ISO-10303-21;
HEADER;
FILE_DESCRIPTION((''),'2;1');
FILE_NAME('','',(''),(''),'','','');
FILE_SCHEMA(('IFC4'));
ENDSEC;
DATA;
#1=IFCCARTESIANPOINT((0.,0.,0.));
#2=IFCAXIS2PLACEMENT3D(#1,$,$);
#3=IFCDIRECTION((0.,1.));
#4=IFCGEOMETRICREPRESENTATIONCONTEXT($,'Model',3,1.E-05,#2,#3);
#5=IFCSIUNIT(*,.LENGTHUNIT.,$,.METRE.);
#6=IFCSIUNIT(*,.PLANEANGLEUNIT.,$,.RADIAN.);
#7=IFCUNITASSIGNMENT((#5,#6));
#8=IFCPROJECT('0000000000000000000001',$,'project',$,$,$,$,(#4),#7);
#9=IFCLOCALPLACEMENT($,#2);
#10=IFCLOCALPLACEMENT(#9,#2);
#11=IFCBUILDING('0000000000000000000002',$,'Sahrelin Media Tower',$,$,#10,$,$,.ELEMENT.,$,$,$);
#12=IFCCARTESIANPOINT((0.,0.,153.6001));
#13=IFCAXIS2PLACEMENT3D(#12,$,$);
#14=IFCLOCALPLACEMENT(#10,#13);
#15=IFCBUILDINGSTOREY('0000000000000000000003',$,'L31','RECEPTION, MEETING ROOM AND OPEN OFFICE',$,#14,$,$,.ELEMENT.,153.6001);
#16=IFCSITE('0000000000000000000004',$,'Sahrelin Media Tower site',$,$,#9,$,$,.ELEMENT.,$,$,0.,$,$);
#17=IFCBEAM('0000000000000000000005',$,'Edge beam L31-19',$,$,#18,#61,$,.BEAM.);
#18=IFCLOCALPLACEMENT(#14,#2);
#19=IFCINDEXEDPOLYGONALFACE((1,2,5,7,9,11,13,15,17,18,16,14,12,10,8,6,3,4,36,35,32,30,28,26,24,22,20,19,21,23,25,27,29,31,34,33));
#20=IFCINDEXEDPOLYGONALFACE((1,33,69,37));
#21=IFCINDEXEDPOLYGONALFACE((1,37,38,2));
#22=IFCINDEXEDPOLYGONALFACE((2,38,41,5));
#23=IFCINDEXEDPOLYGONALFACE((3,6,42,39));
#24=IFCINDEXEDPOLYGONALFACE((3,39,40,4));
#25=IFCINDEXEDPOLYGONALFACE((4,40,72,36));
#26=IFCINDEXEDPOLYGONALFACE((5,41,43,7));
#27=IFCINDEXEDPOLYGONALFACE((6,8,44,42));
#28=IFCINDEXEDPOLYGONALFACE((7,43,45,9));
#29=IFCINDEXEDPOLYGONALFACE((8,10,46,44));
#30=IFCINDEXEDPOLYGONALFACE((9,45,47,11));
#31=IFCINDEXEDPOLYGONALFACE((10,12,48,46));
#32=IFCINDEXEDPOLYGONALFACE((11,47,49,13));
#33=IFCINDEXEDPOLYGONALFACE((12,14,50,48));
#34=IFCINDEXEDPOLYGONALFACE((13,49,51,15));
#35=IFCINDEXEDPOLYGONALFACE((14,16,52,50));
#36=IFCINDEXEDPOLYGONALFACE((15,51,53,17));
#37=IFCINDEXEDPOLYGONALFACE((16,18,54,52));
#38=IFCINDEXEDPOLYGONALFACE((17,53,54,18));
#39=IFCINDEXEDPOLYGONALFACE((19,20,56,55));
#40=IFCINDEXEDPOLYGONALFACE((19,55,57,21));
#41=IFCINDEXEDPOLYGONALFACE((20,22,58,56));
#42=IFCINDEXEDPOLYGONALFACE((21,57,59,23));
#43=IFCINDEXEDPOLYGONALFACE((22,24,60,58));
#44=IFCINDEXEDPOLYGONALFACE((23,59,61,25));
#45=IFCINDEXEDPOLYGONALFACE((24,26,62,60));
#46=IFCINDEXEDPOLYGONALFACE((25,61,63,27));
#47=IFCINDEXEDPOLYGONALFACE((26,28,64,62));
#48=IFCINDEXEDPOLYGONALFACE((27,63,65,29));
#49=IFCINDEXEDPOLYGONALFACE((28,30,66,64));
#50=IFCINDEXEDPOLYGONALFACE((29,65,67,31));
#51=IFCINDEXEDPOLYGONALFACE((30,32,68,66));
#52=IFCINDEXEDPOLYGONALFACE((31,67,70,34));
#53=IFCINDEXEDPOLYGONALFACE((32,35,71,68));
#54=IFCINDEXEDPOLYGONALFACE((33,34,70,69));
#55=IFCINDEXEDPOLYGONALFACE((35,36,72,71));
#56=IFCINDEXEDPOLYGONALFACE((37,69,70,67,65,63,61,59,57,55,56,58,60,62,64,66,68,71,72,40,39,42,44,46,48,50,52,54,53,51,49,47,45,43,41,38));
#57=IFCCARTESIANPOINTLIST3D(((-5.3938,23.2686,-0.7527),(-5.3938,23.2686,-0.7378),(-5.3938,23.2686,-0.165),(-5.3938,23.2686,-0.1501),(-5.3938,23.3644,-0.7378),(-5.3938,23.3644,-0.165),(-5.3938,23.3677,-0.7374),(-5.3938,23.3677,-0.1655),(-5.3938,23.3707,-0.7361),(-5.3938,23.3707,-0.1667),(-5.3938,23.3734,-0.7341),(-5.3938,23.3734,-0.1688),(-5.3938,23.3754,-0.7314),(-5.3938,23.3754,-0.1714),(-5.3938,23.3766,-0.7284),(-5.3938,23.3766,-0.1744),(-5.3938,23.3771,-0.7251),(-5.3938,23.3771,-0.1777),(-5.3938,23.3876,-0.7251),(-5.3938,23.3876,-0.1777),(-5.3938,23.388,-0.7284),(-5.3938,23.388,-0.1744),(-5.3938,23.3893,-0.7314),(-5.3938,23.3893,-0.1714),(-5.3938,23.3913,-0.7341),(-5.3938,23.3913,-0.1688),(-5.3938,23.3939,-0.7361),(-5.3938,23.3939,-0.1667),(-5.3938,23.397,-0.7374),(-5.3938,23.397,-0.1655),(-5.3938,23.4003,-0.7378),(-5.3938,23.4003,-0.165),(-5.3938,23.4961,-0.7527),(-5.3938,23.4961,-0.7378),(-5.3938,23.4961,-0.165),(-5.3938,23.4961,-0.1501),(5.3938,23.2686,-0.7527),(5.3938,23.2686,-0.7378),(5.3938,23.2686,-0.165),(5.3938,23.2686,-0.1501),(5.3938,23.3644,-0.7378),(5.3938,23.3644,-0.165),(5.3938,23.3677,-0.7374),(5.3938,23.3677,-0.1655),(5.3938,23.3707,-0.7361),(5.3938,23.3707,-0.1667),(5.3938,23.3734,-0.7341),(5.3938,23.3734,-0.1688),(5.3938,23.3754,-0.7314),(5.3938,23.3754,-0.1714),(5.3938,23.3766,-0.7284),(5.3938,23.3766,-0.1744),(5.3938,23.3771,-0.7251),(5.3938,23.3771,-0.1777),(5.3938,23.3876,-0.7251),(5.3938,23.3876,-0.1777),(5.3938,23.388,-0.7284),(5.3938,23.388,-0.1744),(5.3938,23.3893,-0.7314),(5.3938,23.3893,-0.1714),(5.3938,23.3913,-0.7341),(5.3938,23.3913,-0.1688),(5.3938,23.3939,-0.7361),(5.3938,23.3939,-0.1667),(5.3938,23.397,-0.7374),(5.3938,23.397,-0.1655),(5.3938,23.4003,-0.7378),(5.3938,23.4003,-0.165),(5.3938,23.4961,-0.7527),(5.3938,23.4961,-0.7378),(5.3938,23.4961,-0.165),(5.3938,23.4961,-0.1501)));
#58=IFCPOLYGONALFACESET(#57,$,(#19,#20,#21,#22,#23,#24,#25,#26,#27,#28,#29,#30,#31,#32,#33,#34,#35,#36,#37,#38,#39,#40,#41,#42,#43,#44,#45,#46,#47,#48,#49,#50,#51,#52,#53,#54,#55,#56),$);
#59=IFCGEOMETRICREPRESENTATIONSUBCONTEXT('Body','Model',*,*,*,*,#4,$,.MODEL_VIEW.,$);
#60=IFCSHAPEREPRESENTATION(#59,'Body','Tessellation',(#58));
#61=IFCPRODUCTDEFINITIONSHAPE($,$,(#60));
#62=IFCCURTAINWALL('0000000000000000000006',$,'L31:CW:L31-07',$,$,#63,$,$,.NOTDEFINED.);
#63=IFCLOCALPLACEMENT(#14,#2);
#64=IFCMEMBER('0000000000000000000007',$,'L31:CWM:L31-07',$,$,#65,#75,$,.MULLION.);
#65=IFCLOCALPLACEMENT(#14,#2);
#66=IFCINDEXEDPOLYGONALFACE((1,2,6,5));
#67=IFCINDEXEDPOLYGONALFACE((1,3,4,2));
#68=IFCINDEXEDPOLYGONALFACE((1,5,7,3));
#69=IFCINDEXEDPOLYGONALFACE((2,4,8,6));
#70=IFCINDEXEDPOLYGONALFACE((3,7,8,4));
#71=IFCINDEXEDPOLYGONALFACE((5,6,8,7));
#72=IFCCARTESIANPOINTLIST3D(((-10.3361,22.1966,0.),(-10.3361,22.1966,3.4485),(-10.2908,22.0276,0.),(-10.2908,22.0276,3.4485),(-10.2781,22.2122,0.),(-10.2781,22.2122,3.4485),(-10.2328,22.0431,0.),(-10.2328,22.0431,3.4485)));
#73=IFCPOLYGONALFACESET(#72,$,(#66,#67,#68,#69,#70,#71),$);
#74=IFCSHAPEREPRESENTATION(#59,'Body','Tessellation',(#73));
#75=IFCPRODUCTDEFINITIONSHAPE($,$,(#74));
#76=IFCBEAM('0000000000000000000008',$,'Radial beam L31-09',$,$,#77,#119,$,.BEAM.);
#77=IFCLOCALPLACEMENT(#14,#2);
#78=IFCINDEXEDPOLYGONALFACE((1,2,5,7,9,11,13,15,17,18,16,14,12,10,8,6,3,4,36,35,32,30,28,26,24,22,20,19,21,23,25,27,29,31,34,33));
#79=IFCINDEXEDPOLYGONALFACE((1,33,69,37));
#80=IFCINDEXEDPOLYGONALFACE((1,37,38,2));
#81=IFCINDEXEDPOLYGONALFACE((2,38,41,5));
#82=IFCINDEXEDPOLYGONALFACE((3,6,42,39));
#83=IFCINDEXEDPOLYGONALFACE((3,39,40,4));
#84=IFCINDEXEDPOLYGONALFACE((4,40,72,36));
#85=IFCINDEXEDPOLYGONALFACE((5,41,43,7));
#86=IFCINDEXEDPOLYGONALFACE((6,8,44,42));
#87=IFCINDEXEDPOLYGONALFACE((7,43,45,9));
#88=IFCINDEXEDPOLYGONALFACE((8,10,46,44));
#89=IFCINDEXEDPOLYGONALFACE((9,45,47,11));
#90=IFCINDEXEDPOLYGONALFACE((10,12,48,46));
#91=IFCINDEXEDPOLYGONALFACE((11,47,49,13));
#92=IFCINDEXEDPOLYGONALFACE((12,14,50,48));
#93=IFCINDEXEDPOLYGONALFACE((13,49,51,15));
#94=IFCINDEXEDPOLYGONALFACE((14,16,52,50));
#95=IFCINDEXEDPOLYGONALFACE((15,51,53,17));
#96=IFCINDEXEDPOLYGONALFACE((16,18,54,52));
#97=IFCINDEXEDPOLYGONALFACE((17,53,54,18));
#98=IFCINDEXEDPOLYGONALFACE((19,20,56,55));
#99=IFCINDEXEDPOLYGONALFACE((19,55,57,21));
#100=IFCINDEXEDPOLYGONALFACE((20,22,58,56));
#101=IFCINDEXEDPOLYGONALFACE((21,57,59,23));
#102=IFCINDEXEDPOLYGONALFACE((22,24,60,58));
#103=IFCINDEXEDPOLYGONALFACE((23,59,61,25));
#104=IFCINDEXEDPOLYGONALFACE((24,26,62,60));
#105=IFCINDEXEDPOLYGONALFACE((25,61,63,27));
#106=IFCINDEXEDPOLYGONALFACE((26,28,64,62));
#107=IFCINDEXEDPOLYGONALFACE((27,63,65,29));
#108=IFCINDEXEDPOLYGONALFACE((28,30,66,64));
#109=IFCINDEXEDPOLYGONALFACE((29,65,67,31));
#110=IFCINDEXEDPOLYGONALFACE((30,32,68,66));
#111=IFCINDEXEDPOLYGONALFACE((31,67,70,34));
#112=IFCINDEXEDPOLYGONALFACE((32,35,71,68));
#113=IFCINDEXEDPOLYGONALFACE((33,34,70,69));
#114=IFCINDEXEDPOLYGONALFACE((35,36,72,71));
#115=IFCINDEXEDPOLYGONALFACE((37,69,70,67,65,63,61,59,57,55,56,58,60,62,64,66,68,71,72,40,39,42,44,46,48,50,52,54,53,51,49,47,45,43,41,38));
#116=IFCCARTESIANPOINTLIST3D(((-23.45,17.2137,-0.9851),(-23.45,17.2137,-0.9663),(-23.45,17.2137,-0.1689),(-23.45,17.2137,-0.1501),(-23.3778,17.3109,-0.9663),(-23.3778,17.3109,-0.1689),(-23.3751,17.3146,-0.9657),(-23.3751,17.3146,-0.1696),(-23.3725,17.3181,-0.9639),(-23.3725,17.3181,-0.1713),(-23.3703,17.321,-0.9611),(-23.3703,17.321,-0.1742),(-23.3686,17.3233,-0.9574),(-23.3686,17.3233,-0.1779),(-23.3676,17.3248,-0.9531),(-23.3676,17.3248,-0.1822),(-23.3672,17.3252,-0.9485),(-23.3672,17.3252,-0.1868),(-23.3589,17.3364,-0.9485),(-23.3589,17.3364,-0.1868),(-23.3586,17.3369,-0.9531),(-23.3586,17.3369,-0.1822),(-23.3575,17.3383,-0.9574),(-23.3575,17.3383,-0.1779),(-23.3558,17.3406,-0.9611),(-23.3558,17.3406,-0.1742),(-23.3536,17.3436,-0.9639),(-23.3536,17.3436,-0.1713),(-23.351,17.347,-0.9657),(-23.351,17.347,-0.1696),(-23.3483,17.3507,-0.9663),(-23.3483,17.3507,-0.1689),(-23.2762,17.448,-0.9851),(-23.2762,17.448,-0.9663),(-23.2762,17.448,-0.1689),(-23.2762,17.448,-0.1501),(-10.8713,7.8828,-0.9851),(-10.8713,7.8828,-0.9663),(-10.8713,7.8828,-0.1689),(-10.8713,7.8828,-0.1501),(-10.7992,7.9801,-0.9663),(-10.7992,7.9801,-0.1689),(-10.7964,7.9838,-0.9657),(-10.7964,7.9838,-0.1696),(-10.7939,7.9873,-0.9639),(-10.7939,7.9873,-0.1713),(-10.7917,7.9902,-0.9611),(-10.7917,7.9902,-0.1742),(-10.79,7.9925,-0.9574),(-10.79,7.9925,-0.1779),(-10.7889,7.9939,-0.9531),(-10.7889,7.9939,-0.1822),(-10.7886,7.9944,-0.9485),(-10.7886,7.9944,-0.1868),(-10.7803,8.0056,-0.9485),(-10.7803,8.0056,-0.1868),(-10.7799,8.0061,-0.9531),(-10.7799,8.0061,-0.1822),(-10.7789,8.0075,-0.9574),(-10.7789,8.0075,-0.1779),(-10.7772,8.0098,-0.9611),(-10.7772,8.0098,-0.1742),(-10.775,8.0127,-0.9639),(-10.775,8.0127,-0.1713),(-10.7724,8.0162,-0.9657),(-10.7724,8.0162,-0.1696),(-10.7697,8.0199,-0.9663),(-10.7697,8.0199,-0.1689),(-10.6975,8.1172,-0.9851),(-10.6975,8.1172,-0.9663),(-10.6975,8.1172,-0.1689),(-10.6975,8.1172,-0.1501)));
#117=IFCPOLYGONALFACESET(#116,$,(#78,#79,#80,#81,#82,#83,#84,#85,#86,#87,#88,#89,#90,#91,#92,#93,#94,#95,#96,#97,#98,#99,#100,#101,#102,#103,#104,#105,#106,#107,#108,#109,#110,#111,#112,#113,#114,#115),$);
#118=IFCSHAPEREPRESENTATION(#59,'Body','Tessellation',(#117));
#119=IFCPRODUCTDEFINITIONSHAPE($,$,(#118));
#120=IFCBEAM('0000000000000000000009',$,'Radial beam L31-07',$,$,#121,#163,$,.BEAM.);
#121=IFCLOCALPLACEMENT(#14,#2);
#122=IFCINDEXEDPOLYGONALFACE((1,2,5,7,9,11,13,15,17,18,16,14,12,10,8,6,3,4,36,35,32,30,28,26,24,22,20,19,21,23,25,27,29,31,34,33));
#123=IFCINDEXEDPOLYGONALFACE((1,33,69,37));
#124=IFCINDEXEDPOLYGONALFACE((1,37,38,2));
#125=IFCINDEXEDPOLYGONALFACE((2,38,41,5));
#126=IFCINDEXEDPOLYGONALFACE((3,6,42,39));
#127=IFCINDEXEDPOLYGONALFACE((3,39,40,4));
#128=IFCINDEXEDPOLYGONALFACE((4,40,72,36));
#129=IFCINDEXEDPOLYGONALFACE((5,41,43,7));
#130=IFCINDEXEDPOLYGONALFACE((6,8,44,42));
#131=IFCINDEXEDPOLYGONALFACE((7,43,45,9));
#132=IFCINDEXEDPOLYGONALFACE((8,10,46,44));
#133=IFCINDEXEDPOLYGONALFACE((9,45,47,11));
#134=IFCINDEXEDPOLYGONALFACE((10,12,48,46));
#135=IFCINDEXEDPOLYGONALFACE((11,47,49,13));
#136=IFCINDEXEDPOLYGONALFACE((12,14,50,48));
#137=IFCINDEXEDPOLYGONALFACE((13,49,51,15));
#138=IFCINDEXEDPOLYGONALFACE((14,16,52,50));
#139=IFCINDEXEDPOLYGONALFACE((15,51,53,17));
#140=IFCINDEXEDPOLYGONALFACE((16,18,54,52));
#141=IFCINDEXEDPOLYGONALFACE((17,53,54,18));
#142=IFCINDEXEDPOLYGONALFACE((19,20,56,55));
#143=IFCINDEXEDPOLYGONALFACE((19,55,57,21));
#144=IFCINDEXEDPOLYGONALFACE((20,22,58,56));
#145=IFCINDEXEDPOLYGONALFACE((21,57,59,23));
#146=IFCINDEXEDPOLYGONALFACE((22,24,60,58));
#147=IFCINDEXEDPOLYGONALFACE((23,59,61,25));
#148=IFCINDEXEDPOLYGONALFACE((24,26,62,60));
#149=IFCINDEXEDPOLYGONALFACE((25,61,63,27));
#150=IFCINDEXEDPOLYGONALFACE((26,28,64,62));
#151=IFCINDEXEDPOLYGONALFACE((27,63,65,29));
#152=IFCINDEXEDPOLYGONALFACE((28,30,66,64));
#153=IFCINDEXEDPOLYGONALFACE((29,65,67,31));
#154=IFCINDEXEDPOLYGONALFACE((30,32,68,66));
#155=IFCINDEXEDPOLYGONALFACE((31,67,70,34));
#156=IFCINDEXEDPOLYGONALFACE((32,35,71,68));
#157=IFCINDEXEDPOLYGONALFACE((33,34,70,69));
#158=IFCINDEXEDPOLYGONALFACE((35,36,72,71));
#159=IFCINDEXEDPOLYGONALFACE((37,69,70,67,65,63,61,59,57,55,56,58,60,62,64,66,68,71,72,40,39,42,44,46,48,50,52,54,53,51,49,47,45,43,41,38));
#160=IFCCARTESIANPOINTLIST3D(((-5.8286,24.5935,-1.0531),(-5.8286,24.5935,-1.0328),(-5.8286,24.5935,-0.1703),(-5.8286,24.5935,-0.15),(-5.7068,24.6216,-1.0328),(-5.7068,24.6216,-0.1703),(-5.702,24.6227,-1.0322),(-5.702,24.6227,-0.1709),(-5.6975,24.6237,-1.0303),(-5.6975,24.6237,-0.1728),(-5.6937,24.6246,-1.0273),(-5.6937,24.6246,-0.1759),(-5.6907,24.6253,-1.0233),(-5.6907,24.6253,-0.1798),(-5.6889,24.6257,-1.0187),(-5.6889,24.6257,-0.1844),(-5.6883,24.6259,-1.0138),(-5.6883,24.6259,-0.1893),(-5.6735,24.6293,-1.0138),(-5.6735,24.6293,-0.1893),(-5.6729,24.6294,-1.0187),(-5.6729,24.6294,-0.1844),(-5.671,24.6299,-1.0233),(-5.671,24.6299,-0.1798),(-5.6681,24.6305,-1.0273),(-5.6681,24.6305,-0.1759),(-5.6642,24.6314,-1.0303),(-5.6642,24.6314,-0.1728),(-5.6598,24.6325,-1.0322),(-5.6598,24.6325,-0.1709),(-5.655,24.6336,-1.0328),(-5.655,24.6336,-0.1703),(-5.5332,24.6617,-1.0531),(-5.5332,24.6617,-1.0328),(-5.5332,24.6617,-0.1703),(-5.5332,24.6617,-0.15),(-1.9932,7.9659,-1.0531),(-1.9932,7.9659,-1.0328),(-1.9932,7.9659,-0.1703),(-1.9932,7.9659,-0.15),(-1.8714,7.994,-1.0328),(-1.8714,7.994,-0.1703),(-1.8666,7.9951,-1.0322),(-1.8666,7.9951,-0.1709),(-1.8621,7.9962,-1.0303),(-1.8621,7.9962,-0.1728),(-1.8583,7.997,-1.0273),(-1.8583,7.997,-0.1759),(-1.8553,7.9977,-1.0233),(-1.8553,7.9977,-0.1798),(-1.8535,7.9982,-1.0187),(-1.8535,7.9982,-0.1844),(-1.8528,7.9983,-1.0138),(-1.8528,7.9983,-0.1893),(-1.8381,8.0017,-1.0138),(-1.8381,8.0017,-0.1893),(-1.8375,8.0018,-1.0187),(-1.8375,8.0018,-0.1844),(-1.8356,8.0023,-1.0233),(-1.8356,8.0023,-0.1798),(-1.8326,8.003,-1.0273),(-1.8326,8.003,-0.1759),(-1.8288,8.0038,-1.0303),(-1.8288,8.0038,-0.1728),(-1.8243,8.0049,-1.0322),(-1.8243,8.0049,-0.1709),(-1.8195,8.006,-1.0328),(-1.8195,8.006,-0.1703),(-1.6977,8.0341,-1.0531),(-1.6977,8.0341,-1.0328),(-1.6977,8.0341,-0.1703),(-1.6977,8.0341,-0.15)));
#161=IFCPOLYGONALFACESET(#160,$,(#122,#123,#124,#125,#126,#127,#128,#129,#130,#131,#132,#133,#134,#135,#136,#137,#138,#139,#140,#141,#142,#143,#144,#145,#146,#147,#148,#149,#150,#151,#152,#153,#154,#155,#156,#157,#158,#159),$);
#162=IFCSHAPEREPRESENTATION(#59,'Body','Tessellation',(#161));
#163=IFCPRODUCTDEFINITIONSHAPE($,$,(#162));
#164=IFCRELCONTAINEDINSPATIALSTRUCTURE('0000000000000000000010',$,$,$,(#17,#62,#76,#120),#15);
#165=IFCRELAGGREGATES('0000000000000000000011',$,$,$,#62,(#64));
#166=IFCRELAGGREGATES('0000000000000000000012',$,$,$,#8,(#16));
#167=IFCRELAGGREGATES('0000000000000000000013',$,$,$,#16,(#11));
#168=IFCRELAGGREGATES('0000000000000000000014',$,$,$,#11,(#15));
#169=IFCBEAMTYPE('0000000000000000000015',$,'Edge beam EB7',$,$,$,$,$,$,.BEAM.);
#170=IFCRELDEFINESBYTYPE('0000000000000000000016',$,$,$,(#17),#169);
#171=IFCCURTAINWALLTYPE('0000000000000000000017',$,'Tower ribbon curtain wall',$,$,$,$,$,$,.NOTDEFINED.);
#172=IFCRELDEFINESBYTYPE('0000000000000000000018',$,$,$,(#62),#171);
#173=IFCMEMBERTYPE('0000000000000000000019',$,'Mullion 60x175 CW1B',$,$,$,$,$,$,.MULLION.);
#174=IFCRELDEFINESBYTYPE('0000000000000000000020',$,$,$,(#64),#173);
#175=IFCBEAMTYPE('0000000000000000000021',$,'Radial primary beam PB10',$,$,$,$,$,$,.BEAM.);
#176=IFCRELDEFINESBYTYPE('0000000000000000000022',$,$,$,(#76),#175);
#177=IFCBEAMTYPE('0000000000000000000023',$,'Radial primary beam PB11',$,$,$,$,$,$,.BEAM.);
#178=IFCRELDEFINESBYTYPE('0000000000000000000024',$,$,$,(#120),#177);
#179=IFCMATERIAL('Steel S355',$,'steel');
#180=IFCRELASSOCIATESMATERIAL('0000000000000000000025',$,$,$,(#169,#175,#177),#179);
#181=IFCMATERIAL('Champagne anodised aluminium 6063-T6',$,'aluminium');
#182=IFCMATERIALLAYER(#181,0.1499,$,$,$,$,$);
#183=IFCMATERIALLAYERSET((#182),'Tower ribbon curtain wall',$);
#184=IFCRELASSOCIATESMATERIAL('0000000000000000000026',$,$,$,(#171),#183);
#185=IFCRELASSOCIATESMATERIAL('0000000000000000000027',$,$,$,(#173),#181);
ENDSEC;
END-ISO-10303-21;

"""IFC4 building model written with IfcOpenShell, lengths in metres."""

from ifc_helpers import new_model, si_unit, direction, frame, origin, origin_2d, place, context, subcontext, project, spatial, rectangle, i_section, extrude, material, layer, layer_set, material_profile, profile_set, type_object, element, aggregate, save


model = new_model("IFC4")

# Units and contexts
model_context = context("Model", 3, precision=1e-05, world=origin(), true_north=direction((0.0, 1.0)))
body_context = subcontext(model_context, "Body", "Model", "MODEL_VIEW")
ifc_project = project(units=[si_unit("LENGTHUNIT", "METRE"), si_unit("PLANEANGLEUNIT", "RADIAN")], contexts=[model_context])

# Site, building, storey
site_placement = place(None, origin())
site = spatial("IfcSite", under=ifc_project, at=site_placement, Name="Sahrelin Media Tower site", CompositionType="ELEMENT", RefElevation=0.0)
building_placement = place(site_placement, origin())
building = spatial("IfcBuilding", under=site, at=building_placement, Name="Sahrelin Media Tower", CompositionType="ELEMENT")
storey_placement = place(building_placement, frame((0.0, 0.0, 153.6001)))
storey = spatial("IfcBuildingStorey", under=building, at=storey_placement, Name="L31", Description="RECEPTION, MEETING ROOM AND OPEN OFFICE", CompositionType="ELEMENT", Elevation=153.6001)

# Beam
ifc_material_1 = material(Name="Steel S355", Category="steel")
ifc_material_profile_1 = material_profile(ifc_material_1, i_section(OverallWidth=0.2275, OverallDepth=0.6025, WebThickness=0.0105, FlangeThickness=0.0149, FilletRadius=0.0127, at=origin_2d()), Name="UB 610x229x101")
ifc_profile_set_1 = profile_set([ifc_material_profile_1], Name="Steel S355")
beam_type_1 = type_object("IfcBeamType", Name="Edge beam EB7", PredefinedType="BEAM", material=ifc_profile_set_1)
beam_1_placement = place(storey_placement, frame((-5.3938, 23.3823, -0.4514), z_axis=(1.0, 0.0, 0.0), x_axis=(0.0, 1.0, 0.0)))
element("IfcBeam", 1, at=beam_1_placement, inside=storey, type_object=beam_type_1, Name="Edge beam L31-19", PredefinedType="BEAM", context=body_context, shape_type="SweptSolid", body=[
    extrude(i_section(OverallWidth=0.2275, OverallDepth=0.6025, WebThickness=0.0105, FlangeThickness=0.0149, FilletRadius=0.0127, at=origin_2d()), origin(), (0.0, 0.0, 1.0), 10.7876),
])

# Curtain wall, member
ifc_material_2 = material(Name="Champagne anodised aluminium 6063-T6", Category="aluminium")
ifc_layer_1 = layer(ifc_material_2, 0.1499)
ifc_layer_set_1 = layer_set([ifc_layer_1], Name="Tower ribbon curtain wall")
curtain_wall_type = type_object("IfcCurtainWallType", Name="Tower ribbon curtain wall", PredefinedType="NOTDEFINED", material=ifc_layer_set_1)
curtain_wall_placement = place(storey_placement, frame((-10.3123, 22.2236, 0.0), z_axis=(0.0, 0.0, 1.0), x_axis=(1.0, 0.0, 0.0)))
curtain_wall = element("IfcCurtainWall", 2, at=curtain_wall_placement, inside=storey, type_object=curtain_wall_type, Name="L31:CW:L31-07", PredefinedType="NOTDEFINED")
ifc_material_profile_2 = material_profile(ifc_material_2, rectangle(XDim=0.0601, YDim=0.175, at=origin_2d()), Name="Mullion 60x175")
ifc_profile_set_2 = profile_set([ifc_material_profile_2], Name="Champagne anodised aluminium 6063-T6")
member_type_1 = type_object("IfcMemberType", Name="Mullion 60x175 CW1B", PredefinedType="MULLION", material=ifc_profile_set_2)
member_1_placement = place(storey_placement, frame((-10.2844, 22.1199, 0.0), z_axis=(0.0, 0.0, 1.0), x_axis=(-0.965927, -0.258816, 0.0)))
member_1 = element("IfcMember", 3, at=member_1_placement, type_object=member_type_1, Name="L31:CWM:L31-07", PredefinedType="MULLION", context=body_context, shape_type="SweptSolid", body=[
    extrude(rectangle(XDim=0.0601, YDim=0.175, at=origin_2d()), origin(), (0.0, 0.0, 1.0), 3.4485),
])

# Beams
ifc_material_profile_3 = material_profile(ifc_material_1, i_section(OverallWidth=0.2917, OverallDepth=0.835, WebThickness=0.0139, FlangeThickness=0.0188, FilletRadius=0.0178, at=origin_2d()), Name="UB 838x292x176")
ifc_profile_set_3 = profile_set([ifc_material_profile_3], Name="Steel S355")
beam_type_2 = type_object("IfcBeamType", Name="Radial primary beam PB10", PredefinedType="BEAM", material=ifc_profile_set_3)
beam_2_placement = place(storey_placement, frame((-10.7844, 8.0, -0.5676), z_axis=(-0.80315, 0.595777, 0.0), x_axis=(-0.595777, -0.80315, 0.0)))
element("IfcBeam", 4, at=beam_2_placement, inside=storey, type_object=beam_type_2, Name="Radial beam L31-09", PredefinedType="BEAM", context=body_context, shape_type="SweptSolid", body=[
    extrude(i_section(OverallWidth=0.2917, OverallDepth=0.835, WebThickness=0.0139, FlangeThickness=0.0188, FilletRadius=0.0178, at=origin_2d()), origin(), (0.0, 0.0, 1.0), 15.6616),
])
ifc_material_profile_4 = material_profile(ifc_material_1, i_section(OverallWidth=0.3032, OverallDepth=0.9031, WebThickness=0.0151, FlangeThickness=0.0203, FilletRadius=0.019, at=origin_2d()), Name="UB 914x305x201")
ifc_profile_set_4 = profile_set([ifc_material_profile_4], Name="Steel S355")
beam_type_3 = type_object("IfcBeamType", Name="Radial primary beam PB11", PredefinedType="BEAM", material=ifc_profile_set_4)
beam_3_placement = place(storey_placement, frame((-1.8455, 8.0, -0.6016), z_axis=(-0.224764, 0.974413, 0.0), x_axis=(-0.974413, -0.224764, 0.0)))
element("IfcBeam", 5, at=beam_3_placement, inside=storey, type_object=beam_type_3, Name="Radial beam L31-07", PredefinedType="BEAM", context=body_context, shape_type="SweptSolid", body=[
    extrude(i_section(OverallWidth=0.3032, OverallDepth=0.9031, WebThickness=0.0151, FlangeThickness=0.0203, FilletRadius=0.019, at=origin_2d()), origin(), (0.0, 0.0, 1.0), 17.0642),
])

aggregate(curtain_wall, [member_1])

save(model, "model.ifc")
